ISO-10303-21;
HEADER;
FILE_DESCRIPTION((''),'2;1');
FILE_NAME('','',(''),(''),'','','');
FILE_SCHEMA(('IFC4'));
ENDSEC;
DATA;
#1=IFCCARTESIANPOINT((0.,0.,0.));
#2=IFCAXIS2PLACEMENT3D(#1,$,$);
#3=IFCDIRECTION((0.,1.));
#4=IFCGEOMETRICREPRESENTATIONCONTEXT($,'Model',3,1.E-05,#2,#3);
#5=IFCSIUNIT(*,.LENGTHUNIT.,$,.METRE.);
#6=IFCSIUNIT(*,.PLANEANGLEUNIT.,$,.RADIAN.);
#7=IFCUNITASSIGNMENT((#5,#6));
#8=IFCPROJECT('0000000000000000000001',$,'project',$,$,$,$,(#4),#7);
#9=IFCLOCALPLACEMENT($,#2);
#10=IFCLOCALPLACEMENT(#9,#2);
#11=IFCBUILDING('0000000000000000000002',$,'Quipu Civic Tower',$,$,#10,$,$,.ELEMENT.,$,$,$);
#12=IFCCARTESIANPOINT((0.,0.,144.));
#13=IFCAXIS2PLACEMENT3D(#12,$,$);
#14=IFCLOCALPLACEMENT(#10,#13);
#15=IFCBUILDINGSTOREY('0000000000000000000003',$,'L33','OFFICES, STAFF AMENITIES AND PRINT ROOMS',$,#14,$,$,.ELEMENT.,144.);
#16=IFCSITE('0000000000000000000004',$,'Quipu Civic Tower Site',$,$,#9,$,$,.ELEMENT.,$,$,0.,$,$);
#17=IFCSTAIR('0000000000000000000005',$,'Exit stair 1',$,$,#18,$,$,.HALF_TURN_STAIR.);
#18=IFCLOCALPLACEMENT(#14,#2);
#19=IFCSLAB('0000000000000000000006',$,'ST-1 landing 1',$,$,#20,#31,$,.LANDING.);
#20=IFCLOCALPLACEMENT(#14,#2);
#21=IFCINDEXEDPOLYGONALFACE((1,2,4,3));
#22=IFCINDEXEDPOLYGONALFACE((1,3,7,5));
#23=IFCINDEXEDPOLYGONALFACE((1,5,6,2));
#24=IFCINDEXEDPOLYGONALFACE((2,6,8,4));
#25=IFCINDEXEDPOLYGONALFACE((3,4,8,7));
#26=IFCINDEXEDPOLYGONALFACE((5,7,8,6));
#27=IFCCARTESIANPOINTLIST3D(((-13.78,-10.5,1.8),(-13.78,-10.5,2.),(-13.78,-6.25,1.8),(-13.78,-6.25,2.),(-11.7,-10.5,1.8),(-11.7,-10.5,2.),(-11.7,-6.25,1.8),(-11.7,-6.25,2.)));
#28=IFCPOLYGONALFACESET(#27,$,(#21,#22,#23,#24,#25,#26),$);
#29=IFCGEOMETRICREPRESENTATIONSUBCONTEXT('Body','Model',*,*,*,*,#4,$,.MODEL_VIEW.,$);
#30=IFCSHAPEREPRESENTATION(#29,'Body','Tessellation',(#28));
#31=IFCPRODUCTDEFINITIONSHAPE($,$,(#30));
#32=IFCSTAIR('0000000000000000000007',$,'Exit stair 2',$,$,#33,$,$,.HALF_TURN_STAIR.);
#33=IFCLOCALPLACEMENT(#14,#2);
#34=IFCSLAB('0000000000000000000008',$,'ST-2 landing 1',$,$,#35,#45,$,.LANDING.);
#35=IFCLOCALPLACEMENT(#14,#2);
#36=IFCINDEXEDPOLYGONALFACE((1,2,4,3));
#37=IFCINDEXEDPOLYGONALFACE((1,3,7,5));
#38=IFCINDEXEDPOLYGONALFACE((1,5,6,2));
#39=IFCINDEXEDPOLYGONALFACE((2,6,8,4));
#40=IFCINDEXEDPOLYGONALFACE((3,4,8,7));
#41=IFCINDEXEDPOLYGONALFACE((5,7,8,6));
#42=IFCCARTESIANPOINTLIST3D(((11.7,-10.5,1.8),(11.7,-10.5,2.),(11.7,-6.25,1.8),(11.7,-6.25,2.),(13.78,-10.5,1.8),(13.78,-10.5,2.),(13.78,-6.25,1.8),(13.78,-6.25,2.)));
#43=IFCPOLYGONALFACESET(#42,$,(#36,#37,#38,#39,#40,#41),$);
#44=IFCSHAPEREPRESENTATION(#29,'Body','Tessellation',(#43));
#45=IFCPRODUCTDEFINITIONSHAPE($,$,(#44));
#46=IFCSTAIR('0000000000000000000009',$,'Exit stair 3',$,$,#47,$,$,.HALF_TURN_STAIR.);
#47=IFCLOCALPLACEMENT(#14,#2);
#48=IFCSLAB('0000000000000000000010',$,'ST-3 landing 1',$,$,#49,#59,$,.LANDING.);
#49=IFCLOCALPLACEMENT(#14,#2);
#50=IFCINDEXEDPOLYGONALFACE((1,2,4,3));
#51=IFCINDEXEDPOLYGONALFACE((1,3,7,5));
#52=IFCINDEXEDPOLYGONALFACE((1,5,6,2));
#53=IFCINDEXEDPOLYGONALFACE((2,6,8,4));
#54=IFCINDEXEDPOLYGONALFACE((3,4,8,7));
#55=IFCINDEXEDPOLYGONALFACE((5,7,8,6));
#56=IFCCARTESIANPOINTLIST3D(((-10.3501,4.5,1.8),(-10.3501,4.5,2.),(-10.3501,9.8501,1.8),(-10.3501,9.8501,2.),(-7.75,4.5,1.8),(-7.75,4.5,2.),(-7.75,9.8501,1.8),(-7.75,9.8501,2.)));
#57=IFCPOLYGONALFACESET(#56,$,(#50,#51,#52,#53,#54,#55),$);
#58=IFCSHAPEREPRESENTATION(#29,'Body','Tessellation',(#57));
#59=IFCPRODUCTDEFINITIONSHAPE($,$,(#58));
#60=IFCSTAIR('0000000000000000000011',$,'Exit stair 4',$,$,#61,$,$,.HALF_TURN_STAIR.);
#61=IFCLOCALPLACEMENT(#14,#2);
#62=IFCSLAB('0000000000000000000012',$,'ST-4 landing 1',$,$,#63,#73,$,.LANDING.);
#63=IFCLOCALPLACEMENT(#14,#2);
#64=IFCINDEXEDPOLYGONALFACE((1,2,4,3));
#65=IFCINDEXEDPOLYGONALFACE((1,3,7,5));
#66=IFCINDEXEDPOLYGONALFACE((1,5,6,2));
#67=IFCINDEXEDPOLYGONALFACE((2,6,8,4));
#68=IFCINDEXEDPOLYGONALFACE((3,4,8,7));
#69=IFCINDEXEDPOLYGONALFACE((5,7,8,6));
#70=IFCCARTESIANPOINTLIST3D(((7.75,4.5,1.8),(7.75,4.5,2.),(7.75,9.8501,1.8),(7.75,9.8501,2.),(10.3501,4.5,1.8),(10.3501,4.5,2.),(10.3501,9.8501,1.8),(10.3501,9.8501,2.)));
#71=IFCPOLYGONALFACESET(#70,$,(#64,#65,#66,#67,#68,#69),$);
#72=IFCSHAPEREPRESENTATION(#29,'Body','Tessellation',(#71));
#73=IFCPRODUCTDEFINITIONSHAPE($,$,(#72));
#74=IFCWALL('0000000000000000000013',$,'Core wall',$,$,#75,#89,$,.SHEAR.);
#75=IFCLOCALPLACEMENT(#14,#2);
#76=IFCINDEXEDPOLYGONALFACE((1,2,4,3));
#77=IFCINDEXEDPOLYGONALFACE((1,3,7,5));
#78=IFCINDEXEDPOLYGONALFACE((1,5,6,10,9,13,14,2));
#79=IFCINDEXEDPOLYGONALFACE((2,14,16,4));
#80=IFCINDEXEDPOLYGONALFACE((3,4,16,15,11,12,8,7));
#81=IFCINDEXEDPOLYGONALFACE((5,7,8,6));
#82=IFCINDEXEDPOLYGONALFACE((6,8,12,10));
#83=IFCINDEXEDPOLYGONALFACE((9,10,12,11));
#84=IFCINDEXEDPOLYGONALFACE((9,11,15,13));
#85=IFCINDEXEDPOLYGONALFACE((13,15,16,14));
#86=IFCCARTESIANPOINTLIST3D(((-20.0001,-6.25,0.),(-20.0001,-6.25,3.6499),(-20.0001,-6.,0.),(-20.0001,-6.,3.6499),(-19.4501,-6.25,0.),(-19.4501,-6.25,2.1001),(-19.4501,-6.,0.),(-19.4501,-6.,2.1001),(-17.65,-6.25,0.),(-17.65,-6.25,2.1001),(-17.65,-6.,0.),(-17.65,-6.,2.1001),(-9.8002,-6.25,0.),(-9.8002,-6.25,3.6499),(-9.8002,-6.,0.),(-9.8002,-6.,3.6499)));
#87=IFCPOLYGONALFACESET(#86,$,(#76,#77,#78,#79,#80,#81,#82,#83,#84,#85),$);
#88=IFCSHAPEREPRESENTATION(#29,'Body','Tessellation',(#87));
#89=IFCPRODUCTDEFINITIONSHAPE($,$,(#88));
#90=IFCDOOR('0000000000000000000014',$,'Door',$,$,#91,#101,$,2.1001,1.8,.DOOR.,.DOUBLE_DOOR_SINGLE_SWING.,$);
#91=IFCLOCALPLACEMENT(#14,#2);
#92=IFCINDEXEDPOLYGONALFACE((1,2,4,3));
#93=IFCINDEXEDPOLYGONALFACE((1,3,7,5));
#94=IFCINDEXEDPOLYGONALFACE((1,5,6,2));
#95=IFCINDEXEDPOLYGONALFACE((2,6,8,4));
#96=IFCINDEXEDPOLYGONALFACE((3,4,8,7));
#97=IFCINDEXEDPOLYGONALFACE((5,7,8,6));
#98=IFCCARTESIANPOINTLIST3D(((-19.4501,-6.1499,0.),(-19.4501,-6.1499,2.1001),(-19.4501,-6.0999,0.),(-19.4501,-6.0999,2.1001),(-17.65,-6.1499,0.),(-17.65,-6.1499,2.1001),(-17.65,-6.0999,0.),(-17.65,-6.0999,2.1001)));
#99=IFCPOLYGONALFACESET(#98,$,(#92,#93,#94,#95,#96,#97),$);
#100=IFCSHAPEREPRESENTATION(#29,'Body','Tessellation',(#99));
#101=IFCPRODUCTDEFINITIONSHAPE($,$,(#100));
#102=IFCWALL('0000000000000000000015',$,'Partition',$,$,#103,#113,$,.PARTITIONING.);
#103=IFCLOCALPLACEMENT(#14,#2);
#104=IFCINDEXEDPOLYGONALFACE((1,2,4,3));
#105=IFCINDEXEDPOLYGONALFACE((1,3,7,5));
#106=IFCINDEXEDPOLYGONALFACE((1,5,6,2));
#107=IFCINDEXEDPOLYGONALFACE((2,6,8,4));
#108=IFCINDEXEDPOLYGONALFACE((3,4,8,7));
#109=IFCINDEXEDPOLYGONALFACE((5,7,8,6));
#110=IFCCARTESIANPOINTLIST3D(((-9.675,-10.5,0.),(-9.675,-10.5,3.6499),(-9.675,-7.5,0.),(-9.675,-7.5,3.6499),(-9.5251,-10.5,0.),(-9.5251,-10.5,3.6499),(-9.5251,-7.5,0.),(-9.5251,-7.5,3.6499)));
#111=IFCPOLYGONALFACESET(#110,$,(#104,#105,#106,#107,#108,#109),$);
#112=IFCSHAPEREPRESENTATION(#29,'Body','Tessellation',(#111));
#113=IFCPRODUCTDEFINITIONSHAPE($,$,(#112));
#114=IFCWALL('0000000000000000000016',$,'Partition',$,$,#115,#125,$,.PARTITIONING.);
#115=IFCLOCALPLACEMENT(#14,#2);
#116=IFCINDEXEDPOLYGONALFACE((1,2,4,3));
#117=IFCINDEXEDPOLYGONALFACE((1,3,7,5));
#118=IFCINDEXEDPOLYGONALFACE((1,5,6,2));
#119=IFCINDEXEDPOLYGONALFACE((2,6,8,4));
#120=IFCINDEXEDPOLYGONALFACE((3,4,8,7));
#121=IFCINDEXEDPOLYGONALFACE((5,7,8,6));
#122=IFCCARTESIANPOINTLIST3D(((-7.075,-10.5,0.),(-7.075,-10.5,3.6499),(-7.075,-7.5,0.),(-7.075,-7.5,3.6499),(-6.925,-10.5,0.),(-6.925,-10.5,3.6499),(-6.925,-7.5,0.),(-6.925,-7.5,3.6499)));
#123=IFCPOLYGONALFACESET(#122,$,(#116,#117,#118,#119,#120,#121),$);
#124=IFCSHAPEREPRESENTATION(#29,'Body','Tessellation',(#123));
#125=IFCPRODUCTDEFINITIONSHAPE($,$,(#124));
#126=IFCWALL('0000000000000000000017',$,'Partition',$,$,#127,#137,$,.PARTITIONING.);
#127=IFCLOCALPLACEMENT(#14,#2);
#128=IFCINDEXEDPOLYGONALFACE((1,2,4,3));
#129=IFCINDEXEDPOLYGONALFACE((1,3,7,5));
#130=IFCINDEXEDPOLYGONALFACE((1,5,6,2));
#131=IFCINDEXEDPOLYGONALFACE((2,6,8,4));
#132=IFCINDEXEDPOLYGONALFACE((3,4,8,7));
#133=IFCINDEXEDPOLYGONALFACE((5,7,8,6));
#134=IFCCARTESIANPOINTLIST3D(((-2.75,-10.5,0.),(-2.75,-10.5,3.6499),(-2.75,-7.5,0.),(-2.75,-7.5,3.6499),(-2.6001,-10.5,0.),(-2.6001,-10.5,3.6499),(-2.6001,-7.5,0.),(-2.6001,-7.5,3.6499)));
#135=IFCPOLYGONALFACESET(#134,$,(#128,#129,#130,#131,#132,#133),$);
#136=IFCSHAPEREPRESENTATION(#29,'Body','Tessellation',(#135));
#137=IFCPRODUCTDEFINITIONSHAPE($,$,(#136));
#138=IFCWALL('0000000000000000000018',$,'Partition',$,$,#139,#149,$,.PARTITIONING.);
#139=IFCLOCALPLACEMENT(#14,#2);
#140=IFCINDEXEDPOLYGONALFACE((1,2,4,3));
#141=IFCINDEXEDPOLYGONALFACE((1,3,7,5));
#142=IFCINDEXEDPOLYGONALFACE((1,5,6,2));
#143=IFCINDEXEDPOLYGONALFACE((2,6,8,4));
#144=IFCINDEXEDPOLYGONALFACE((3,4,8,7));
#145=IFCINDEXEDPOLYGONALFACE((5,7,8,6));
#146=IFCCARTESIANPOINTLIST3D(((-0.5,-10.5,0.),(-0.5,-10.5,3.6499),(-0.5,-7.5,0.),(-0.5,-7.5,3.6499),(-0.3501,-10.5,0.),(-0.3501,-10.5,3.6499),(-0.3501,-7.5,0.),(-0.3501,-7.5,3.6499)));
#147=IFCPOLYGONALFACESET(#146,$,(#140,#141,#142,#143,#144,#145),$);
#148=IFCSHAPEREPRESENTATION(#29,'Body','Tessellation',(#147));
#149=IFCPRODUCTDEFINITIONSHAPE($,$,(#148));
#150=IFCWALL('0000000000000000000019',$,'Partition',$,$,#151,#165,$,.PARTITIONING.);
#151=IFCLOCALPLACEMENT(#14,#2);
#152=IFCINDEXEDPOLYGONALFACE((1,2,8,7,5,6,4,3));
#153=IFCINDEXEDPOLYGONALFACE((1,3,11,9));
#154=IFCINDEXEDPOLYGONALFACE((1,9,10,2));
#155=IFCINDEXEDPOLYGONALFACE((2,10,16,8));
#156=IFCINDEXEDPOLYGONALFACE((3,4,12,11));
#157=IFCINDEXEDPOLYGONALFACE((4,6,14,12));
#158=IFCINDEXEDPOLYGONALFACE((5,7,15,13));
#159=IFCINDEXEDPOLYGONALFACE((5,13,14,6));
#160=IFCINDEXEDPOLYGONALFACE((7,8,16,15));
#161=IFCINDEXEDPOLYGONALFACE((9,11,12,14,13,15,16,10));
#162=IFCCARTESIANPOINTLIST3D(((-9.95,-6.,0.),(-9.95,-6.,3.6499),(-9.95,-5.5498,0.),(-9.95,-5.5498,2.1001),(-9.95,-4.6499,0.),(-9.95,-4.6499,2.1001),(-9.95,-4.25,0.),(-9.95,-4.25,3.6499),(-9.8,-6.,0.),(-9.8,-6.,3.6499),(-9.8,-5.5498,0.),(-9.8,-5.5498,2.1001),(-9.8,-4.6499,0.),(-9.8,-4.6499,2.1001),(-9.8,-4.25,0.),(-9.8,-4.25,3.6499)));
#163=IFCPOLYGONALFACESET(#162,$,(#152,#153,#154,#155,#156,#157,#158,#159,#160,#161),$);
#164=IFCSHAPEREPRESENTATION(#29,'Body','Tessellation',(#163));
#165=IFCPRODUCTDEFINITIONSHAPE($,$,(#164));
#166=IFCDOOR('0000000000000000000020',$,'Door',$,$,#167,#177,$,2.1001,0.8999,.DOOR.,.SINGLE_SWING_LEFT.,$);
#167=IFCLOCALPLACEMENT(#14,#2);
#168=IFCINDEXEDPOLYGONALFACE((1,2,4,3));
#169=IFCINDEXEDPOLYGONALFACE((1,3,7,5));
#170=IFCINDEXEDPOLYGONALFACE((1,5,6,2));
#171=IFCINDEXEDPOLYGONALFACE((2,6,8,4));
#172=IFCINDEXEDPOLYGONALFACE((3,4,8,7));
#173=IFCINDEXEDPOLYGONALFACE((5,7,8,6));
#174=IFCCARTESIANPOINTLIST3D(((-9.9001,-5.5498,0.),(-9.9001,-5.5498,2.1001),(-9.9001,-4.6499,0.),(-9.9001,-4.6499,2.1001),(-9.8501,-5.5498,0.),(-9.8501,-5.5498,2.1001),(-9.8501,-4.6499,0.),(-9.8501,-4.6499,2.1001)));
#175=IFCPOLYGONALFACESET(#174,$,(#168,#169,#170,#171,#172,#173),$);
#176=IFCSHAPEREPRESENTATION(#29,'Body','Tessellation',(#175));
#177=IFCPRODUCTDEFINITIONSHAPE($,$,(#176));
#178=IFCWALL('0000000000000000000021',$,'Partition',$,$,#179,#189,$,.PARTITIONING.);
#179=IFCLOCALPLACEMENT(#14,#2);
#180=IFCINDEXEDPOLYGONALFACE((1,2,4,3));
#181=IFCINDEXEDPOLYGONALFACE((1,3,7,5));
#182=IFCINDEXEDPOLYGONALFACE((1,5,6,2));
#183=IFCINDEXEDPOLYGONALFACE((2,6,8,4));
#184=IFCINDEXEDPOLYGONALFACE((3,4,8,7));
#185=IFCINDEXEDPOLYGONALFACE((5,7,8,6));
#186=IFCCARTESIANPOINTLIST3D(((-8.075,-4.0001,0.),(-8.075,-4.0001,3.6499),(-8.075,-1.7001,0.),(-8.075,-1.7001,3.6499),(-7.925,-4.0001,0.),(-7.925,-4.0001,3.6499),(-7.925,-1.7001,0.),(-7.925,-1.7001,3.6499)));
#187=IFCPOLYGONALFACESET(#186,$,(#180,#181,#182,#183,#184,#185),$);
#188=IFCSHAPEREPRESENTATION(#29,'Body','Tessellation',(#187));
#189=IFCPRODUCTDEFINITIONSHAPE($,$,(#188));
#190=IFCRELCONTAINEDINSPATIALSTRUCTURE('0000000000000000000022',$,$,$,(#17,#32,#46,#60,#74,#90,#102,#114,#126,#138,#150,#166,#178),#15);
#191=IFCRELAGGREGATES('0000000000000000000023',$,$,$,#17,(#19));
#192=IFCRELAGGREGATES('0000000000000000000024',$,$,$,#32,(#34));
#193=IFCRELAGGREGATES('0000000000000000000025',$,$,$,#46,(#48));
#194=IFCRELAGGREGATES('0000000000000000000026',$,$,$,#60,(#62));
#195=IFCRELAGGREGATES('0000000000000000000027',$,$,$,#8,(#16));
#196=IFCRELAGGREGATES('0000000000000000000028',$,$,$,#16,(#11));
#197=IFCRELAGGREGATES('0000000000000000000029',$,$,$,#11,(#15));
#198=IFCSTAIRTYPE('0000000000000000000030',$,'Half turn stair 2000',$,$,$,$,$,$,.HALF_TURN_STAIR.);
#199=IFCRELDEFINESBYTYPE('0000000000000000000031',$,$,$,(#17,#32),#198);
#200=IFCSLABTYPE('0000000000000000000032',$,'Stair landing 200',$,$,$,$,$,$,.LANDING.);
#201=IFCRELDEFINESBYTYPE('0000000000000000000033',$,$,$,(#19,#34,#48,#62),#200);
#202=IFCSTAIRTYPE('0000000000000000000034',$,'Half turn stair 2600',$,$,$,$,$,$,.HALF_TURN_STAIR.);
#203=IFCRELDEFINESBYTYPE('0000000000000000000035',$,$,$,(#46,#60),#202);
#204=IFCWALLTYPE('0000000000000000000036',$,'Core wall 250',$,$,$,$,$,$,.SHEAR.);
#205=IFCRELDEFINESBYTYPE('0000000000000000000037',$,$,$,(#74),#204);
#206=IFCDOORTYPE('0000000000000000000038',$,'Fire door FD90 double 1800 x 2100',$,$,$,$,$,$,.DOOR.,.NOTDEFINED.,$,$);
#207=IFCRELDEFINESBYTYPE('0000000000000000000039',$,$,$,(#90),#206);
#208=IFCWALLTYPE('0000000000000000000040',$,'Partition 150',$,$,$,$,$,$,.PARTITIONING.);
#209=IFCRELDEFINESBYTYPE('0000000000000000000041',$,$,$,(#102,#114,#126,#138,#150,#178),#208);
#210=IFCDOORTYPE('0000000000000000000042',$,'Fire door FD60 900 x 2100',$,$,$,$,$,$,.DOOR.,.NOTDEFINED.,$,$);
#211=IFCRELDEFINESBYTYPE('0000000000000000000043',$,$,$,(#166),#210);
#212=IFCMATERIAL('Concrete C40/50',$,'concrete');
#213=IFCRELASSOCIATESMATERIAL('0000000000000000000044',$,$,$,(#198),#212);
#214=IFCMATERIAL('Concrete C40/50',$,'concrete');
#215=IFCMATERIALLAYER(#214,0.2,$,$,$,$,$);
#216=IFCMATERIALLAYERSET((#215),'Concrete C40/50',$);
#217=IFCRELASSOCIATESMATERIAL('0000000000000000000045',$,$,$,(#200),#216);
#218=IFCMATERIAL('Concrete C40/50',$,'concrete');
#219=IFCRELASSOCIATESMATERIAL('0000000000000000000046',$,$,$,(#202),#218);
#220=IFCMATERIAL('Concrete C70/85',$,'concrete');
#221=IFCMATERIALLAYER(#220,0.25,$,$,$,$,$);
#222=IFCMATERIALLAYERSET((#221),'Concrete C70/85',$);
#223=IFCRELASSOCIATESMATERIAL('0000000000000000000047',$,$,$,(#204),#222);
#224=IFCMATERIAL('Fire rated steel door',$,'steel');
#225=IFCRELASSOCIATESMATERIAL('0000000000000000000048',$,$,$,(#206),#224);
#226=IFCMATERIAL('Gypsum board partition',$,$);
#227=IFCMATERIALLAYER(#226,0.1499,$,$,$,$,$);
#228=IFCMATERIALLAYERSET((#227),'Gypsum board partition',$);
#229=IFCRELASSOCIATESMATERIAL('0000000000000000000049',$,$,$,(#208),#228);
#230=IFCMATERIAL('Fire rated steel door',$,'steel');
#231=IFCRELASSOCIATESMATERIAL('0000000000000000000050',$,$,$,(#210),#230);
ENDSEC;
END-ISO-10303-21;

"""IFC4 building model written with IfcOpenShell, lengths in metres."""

from ifc_helpers import new_model, si_unit, direction, frame, frame_2d, origin, place, context, subcontext, project, spatial, polyline, rectangle, outline, extrude, material, layer, layer_set, type_object, element, fill, aggregate, save


model = new_model("IFC4")

# Units and contexts
model_context = context("Model", 3, precision=1e-05, world=origin(), true_north=direction((0.0, 1.0)))
body_context = subcontext(model_context, "Body", "Model", "MODEL_VIEW")
ifc_project = project(units=[si_unit("LENGTHUNIT", "METRE"), si_unit("PLANEANGLEUNIT", "RADIAN")], contexts=[model_context])

# Site, building, storey
site_placement = place(None, origin())
site = spatial("IfcSite", under=ifc_project, at=site_placement, Name="Quipu Civic Tower Site", CompositionType="ELEMENT", RefElevation=0.0)
building_placement = place(site_placement, origin())
building = spatial("IfcBuilding", under=site, at=building_placement, Name="Quipu Civic Tower", CompositionType="ELEMENT")
storey_placement = place(building_placement, frame((0.0, 0.0, 144.0)))
storey = spatial("IfcBuildingStorey", under=building, at=storey_placement, Name="L33", Description="OFFICES, STAFF AMENITIES AND PRINT ROOMS", CompositionType="ELEMENT", Elevation=144.0)

# Stairs, slabs
ifc_material_1 = material(Name="Concrete C40/50", Category="concrete")
stair_type_1 = type_object("IfcStairType", Name="Half turn stair 2000", PredefinedType="HALF_TURN_STAIR", material=ifc_material_1)
stair_1_placement = place(storey_placement, origin())
stair_1 = element("IfcStair", 1, at=stair_1_placement, inside=storey, type_object=stair_type_1, Name="Exit stair 1", PredefinedType="HALF_TURN_STAIR")
ifc_material_2 = material(Name="Concrete C40/50", Category="concrete")
ifc_layer_1 = layer(ifc_material_2, 0.2)
ifc_layer_set_1 = layer_set([ifc_layer_1], Name="Concrete C40/50")
slab_type_1 = type_object("IfcSlabType", Name="Stair landing 200", PredefinedType="LANDING", material=ifc_layer_set_1)
slab_1_placement = place(storey_placement, frame((0.0, 0.0, 1.8)))
slab_1 = element("IfcSlab", 2, at=slab_1_placement, type_object=slab_type_1, Name="ST-1 landing 1", PredefinedType="LANDING", context=body_context, shape_type="SweptSolid", body=[
    extrude(outline(polyline([(-13.78, -10.5), (-11.7, -10.5), (-11.7, -6.25), (-13.78, -6.25), (-13.78, -10.5)])), origin(), (0.0, 0.0, 1.0), 0.2),
])
aggregate(stair_1, [slab_1])
stair_2_placement = place(storey_placement, origin())
stair_2 = element("IfcStair", 3, at=stair_2_placement, inside=storey, type_object=stair_type_1, Name="Exit stair 2", PredefinedType="HALF_TURN_STAIR")
slab_2_placement = place(storey_placement, frame((0.0, 0.0, 1.8)))
slab_2 = element("IfcSlab", 4, at=slab_2_placement, type_object=slab_type_1, Name="ST-2 landing 1", PredefinedType="LANDING", context=body_context, shape_type="SweptSolid", body=[
    extrude(outline(polyline([(13.78, -6.25), (11.7, -6.25), (11.7, -10.5), (13.78, -10.5), (13.78, -6.25)])), origin(), (0.0, 0.0, 1.0), 0.2),
])
aggregate(stair_2, [slab_2])
ifc_material_3 = material(Name="Concrete C40/50", Category="concrete")
stair_type_2 = type_object("IfcStairType", Name="Half turn stair 2600", PredefinedType="HALF_TURN_STAIR", material=ifc_material_3)
stair_3_placement = place(storey_placement, origin())
stair_3 = element("IfcStair", 5, at=stair_3_placement, inside=storey, type_object=stair_type_2, Name="Exit stair 3", PredefinedType="HALF_TURN_STAIR")
slab_3_placement = place(storey_placement, frame((0.0, 0.0, 1.8)))
slab_3 = element("IfcSlab", 6, at=slab_3_placement, type_object=slab_type_1, Name="ST-3 landing 1", PredefinedType="LANDING", context=body_context, shape_type="SweptSolid", body=[
    extrude(outline(polyline([(-10.3501, 4.5), (-7.75, 4.5), (-7.75, 9.8501), (-10.3501, 9.8501), (-10.3501, 4.5)])), origin(), (0.0, 0.0, 1.0), 0.2),
])
aggregate(stair_3, [slab_3])
stair_4_placement = place(storey_placement, origin())
stair_4 = element("IfcStair", 7, at=stair_4_placement, inside=storey, type_object=stair_type_2, Name="Exit stair 4", PredefinedType="HALF_TURN_STAIR")
slab_4_placement = place(storey_placement, frame((0.0, 0.0, 1.8)))
slab_4 = element("IfcSlab", 8, at=slab_4_placement, type_object=slab_type_1, Name="ST-4 landing 1", PredefinedType="LANDING", context=body_context, shape_type="SweptSolid", body=[
    extrude(outline(polyline([(10.3501, 9.8501), (7.75, 9.8501), (7.75, 4.5), (10.3501, 4.5), (10.3501, 9.8501)])), origin(), (0.0, 0.0, 1.0), 0.2),
])
aggregate(stair_4, [slab_4])

# Wall, opening, door
ifc_material_4 = material(Name="Concrete C70/85", Category="concrete")
ifc_layer_2 = layer(ifc_material_4, 0.25)
ifc_layer_set_2 = layer_set([ifc_layer_2], Name="Concrete C70/85")
wall_type_1 = type_object("IfcWallType", Name="Core wall 250", PredefinedType="SHEAR", material=ifc_layer_set_2)
wall_1_placement = place(storey_placement, frame((-9.8, -6.125, 0.0), z_axis=(0.0, 0.0, 1.0), x_axis=(-1.0, 0.0, 0.0)))
wall_1 = element("IfcWall", 9, at=wall_1_placement, inside=storey, type_object=wall_type_1, Name="Core wall", PredefinedType="SHEAR", context=body_context, shape_type="SweptSolid", body=[
    extrude(rectangle(XDim=10.2, YDim=0.25, at=frame_2d((5.1001, 0.0))), origin(), (0.0, 0.0, 1.0), 3.6499),
])
opening_1_placement = place(wall_1_placement, frame((7.8501, 0.0, 0.0)))
opening_1 = element("IfcOpeningElement", 10, at=opening_1_placement, cuts=wall_1, PredefinedType="OPENING", context=body_context, shape_type="SweptSolid", body=[
    extrude(rectangle(XDim=1.8, YDim=2.1001, at=frame_2d((0.8999, 1.05))), frame((0.0, 0.135, 0.0), z_axis=(0.0, -1.0, 0.0), x_axis=(1.0, 0.0, 0.0)), (0.0, 0.0, 1.0), 0.27),
])
ifc_material_5 = material(Name="Fire rated steel door", Category="steel")
door_type_1 = type_object("IfcDoorType", Name="Fire door FD90 double 1800 x 2100", OperationType="NOTDEFINED", PredefinedType="DOOR", material=ifc_material_5)
door_1_placement = place(opening_1_placement, origin())
door_1 = element("IfcDoor", 11, at=door_1_placement, inside=storey, type_object=door_type_1, Name="Door", OperationType="DOUBLE_DOOR_SINGLE_SWING", OverallHeight=2.1001, OverallWidth=1.8, PredefinedType="DOOR", context=body_context, shape_type="SweptSolid", body=[
    extrude(rectangle(XDim=1.8, YDim=2.1001, at=frame_2d((0.8999, 1.05))), frame((0.0, 0.0249, 0.0), z_axis=(0.0, -1.0, 0.0), x_axis=(1.0, 0.0, 0.0)), (0.0, 0.0, 1.0), 0.05),
])
fill(opening_1, door_1)

# Walls
ifc_material_6 = material(Name="Gypsum board partition")
ifc_layer_3 = layer(ifc_material_6, 0.1499)
ifc_layer_set_3 = layer_set([ifc_layer_3], Name="Gypsum board partition")
wall_type_2 = type_object("IfcWallType", Name="Partition 150", PredefinedType="PARTITIONING", material=ifc_layer_set_3)
for number, where, z_axis, x_axis, name in (
    (12, (-9.6001, -10.5, 0.0), (0.0, 0.0, 1.0), (0.0, 1.0, 0.0), "Partition"),
    (13, (-7.0, -10.5, 0.0), (0.0, 0.0, 1.0), (0.0, 1.0, 0.0), "Partition"),
    (14, (-2.675, -10.5, 0.0), (0.0, 0.0, 1.0), (0.0, 1.0, 0.0), "Partition"),
    (15, (-0.425, -10.5, 0.0), (0.0, 0.0, 1.0), (0.0, 1.0, 0.0), "Partition"),
):
    element("IfcWall", number, at=place(storey_placement, frame(where, z_axis=z_axis, x_axis=x_axis)), inside=storey, type_object=wall_type_2, Name=name, PredefinedType="PARTITIONING", context=body_context, shape_type="SweptSolid", body=[
        extrude(rectangle(XDim=3.0, YDim=0.1499, at=frame_2d((1.5, 0.0))), origin(), (0.0, 0.0, 1.0), 3.6499),
    ])

# Wall, opening, door
wall_2_placement = place(storey_placement, frame((-9.875, -4.25, 0.0), z_axis=(0.0, 0.0, 1.0), x_axis=(0.0, -1.0, 0.0)))
wall_2 = element("IfcWall", 16, at=wall_2_placement, inside=storey, type_object=wall_type_2, Name="Partition", PredefinedType="PARTITIONING", context=body_context, shape_type="SweptSolid", body=[
    extrude(rectangle(XDim=1.75, YDim=0.1499, at=frame_2d((0.875, 0.0))), origin(), (0.0, 0.0, 1.0), 3.6499),
])
opening_2_placement = place(wall_2_placement, frame((0.3999, 0.0, 0.0)))
opening_2 = element("IfcOpeningElement", 17, at=opening_2_placement, cuts=wall_2, PredefinedType="OPENING", context=body_context, shape_type="SweptSolid", body=[
    extrude(rectangle(XDim=0.8999, YDim=2.1001, at=frame_2d((0.45, 1.05))), frame((0.0, 0.085, 0.0), z_axis=(0.0, -1.0, 0.0), x_axis=(1.0, 0.0, 0.0)), (0.0, 0.0, 1.0), 0.1699),
])
ifc_material_7 = material(Name="Fire rated steel door", Category="steel")
door_type_2 = type_object("IfcDoorType", Name="Fire door FD60 900 x 2100", OperationType="NOTDEFINED", PredefinedType="DOOR", material=ifc_material_7)
door_2_placement = place(opening_2_placement, origin())
door_2 = element("IfcDoor", 18, at=door_2_placement, inside=storey, type_object=door_type_2, Name="Door", OperationType="SINGLE_SWING_LEFT", OverallHeight=2.1001, OverallWidth=0.8999, PredefinedType="DOOR", context=body_context, shape_type="SweptSolid", body=[
    extrude(rectangle(XDim=0.8999, YDim=2.1001, at=frame_2d((0.45, 1.05))), frame((0.0, 0.0249, 0.0), z_axis=(0.0, -1.0, 0.0), x_axis=(1.0, 0.0, 0.0)), (0.0, 0.0, 1.0), 0.05),
])
fill(opening_2, door_2)

# Wall
wall_3_placement = place(storey_placement, frame((-8.0, -4.0, 0.0), z_axis=(0.0, 0.0, 1.0), x_axis=(0.0, 1.0, 0.0)))
element("IfcWall", 19, at=wall_3_placement, inside=storey, type_object=wall_type_2, Name="Partition", PredefinedType="PARTITIONING", context=body_context, shape_type="SweptSolid", body=[
    extrude(rectangle(XDim=2.3, YDim=0.1499, at=frame_2d((1.1499, 0.0))), origin(), (0.0, 0.0, 1.0), 3.6499),
])

save(model, "model.ifc")
